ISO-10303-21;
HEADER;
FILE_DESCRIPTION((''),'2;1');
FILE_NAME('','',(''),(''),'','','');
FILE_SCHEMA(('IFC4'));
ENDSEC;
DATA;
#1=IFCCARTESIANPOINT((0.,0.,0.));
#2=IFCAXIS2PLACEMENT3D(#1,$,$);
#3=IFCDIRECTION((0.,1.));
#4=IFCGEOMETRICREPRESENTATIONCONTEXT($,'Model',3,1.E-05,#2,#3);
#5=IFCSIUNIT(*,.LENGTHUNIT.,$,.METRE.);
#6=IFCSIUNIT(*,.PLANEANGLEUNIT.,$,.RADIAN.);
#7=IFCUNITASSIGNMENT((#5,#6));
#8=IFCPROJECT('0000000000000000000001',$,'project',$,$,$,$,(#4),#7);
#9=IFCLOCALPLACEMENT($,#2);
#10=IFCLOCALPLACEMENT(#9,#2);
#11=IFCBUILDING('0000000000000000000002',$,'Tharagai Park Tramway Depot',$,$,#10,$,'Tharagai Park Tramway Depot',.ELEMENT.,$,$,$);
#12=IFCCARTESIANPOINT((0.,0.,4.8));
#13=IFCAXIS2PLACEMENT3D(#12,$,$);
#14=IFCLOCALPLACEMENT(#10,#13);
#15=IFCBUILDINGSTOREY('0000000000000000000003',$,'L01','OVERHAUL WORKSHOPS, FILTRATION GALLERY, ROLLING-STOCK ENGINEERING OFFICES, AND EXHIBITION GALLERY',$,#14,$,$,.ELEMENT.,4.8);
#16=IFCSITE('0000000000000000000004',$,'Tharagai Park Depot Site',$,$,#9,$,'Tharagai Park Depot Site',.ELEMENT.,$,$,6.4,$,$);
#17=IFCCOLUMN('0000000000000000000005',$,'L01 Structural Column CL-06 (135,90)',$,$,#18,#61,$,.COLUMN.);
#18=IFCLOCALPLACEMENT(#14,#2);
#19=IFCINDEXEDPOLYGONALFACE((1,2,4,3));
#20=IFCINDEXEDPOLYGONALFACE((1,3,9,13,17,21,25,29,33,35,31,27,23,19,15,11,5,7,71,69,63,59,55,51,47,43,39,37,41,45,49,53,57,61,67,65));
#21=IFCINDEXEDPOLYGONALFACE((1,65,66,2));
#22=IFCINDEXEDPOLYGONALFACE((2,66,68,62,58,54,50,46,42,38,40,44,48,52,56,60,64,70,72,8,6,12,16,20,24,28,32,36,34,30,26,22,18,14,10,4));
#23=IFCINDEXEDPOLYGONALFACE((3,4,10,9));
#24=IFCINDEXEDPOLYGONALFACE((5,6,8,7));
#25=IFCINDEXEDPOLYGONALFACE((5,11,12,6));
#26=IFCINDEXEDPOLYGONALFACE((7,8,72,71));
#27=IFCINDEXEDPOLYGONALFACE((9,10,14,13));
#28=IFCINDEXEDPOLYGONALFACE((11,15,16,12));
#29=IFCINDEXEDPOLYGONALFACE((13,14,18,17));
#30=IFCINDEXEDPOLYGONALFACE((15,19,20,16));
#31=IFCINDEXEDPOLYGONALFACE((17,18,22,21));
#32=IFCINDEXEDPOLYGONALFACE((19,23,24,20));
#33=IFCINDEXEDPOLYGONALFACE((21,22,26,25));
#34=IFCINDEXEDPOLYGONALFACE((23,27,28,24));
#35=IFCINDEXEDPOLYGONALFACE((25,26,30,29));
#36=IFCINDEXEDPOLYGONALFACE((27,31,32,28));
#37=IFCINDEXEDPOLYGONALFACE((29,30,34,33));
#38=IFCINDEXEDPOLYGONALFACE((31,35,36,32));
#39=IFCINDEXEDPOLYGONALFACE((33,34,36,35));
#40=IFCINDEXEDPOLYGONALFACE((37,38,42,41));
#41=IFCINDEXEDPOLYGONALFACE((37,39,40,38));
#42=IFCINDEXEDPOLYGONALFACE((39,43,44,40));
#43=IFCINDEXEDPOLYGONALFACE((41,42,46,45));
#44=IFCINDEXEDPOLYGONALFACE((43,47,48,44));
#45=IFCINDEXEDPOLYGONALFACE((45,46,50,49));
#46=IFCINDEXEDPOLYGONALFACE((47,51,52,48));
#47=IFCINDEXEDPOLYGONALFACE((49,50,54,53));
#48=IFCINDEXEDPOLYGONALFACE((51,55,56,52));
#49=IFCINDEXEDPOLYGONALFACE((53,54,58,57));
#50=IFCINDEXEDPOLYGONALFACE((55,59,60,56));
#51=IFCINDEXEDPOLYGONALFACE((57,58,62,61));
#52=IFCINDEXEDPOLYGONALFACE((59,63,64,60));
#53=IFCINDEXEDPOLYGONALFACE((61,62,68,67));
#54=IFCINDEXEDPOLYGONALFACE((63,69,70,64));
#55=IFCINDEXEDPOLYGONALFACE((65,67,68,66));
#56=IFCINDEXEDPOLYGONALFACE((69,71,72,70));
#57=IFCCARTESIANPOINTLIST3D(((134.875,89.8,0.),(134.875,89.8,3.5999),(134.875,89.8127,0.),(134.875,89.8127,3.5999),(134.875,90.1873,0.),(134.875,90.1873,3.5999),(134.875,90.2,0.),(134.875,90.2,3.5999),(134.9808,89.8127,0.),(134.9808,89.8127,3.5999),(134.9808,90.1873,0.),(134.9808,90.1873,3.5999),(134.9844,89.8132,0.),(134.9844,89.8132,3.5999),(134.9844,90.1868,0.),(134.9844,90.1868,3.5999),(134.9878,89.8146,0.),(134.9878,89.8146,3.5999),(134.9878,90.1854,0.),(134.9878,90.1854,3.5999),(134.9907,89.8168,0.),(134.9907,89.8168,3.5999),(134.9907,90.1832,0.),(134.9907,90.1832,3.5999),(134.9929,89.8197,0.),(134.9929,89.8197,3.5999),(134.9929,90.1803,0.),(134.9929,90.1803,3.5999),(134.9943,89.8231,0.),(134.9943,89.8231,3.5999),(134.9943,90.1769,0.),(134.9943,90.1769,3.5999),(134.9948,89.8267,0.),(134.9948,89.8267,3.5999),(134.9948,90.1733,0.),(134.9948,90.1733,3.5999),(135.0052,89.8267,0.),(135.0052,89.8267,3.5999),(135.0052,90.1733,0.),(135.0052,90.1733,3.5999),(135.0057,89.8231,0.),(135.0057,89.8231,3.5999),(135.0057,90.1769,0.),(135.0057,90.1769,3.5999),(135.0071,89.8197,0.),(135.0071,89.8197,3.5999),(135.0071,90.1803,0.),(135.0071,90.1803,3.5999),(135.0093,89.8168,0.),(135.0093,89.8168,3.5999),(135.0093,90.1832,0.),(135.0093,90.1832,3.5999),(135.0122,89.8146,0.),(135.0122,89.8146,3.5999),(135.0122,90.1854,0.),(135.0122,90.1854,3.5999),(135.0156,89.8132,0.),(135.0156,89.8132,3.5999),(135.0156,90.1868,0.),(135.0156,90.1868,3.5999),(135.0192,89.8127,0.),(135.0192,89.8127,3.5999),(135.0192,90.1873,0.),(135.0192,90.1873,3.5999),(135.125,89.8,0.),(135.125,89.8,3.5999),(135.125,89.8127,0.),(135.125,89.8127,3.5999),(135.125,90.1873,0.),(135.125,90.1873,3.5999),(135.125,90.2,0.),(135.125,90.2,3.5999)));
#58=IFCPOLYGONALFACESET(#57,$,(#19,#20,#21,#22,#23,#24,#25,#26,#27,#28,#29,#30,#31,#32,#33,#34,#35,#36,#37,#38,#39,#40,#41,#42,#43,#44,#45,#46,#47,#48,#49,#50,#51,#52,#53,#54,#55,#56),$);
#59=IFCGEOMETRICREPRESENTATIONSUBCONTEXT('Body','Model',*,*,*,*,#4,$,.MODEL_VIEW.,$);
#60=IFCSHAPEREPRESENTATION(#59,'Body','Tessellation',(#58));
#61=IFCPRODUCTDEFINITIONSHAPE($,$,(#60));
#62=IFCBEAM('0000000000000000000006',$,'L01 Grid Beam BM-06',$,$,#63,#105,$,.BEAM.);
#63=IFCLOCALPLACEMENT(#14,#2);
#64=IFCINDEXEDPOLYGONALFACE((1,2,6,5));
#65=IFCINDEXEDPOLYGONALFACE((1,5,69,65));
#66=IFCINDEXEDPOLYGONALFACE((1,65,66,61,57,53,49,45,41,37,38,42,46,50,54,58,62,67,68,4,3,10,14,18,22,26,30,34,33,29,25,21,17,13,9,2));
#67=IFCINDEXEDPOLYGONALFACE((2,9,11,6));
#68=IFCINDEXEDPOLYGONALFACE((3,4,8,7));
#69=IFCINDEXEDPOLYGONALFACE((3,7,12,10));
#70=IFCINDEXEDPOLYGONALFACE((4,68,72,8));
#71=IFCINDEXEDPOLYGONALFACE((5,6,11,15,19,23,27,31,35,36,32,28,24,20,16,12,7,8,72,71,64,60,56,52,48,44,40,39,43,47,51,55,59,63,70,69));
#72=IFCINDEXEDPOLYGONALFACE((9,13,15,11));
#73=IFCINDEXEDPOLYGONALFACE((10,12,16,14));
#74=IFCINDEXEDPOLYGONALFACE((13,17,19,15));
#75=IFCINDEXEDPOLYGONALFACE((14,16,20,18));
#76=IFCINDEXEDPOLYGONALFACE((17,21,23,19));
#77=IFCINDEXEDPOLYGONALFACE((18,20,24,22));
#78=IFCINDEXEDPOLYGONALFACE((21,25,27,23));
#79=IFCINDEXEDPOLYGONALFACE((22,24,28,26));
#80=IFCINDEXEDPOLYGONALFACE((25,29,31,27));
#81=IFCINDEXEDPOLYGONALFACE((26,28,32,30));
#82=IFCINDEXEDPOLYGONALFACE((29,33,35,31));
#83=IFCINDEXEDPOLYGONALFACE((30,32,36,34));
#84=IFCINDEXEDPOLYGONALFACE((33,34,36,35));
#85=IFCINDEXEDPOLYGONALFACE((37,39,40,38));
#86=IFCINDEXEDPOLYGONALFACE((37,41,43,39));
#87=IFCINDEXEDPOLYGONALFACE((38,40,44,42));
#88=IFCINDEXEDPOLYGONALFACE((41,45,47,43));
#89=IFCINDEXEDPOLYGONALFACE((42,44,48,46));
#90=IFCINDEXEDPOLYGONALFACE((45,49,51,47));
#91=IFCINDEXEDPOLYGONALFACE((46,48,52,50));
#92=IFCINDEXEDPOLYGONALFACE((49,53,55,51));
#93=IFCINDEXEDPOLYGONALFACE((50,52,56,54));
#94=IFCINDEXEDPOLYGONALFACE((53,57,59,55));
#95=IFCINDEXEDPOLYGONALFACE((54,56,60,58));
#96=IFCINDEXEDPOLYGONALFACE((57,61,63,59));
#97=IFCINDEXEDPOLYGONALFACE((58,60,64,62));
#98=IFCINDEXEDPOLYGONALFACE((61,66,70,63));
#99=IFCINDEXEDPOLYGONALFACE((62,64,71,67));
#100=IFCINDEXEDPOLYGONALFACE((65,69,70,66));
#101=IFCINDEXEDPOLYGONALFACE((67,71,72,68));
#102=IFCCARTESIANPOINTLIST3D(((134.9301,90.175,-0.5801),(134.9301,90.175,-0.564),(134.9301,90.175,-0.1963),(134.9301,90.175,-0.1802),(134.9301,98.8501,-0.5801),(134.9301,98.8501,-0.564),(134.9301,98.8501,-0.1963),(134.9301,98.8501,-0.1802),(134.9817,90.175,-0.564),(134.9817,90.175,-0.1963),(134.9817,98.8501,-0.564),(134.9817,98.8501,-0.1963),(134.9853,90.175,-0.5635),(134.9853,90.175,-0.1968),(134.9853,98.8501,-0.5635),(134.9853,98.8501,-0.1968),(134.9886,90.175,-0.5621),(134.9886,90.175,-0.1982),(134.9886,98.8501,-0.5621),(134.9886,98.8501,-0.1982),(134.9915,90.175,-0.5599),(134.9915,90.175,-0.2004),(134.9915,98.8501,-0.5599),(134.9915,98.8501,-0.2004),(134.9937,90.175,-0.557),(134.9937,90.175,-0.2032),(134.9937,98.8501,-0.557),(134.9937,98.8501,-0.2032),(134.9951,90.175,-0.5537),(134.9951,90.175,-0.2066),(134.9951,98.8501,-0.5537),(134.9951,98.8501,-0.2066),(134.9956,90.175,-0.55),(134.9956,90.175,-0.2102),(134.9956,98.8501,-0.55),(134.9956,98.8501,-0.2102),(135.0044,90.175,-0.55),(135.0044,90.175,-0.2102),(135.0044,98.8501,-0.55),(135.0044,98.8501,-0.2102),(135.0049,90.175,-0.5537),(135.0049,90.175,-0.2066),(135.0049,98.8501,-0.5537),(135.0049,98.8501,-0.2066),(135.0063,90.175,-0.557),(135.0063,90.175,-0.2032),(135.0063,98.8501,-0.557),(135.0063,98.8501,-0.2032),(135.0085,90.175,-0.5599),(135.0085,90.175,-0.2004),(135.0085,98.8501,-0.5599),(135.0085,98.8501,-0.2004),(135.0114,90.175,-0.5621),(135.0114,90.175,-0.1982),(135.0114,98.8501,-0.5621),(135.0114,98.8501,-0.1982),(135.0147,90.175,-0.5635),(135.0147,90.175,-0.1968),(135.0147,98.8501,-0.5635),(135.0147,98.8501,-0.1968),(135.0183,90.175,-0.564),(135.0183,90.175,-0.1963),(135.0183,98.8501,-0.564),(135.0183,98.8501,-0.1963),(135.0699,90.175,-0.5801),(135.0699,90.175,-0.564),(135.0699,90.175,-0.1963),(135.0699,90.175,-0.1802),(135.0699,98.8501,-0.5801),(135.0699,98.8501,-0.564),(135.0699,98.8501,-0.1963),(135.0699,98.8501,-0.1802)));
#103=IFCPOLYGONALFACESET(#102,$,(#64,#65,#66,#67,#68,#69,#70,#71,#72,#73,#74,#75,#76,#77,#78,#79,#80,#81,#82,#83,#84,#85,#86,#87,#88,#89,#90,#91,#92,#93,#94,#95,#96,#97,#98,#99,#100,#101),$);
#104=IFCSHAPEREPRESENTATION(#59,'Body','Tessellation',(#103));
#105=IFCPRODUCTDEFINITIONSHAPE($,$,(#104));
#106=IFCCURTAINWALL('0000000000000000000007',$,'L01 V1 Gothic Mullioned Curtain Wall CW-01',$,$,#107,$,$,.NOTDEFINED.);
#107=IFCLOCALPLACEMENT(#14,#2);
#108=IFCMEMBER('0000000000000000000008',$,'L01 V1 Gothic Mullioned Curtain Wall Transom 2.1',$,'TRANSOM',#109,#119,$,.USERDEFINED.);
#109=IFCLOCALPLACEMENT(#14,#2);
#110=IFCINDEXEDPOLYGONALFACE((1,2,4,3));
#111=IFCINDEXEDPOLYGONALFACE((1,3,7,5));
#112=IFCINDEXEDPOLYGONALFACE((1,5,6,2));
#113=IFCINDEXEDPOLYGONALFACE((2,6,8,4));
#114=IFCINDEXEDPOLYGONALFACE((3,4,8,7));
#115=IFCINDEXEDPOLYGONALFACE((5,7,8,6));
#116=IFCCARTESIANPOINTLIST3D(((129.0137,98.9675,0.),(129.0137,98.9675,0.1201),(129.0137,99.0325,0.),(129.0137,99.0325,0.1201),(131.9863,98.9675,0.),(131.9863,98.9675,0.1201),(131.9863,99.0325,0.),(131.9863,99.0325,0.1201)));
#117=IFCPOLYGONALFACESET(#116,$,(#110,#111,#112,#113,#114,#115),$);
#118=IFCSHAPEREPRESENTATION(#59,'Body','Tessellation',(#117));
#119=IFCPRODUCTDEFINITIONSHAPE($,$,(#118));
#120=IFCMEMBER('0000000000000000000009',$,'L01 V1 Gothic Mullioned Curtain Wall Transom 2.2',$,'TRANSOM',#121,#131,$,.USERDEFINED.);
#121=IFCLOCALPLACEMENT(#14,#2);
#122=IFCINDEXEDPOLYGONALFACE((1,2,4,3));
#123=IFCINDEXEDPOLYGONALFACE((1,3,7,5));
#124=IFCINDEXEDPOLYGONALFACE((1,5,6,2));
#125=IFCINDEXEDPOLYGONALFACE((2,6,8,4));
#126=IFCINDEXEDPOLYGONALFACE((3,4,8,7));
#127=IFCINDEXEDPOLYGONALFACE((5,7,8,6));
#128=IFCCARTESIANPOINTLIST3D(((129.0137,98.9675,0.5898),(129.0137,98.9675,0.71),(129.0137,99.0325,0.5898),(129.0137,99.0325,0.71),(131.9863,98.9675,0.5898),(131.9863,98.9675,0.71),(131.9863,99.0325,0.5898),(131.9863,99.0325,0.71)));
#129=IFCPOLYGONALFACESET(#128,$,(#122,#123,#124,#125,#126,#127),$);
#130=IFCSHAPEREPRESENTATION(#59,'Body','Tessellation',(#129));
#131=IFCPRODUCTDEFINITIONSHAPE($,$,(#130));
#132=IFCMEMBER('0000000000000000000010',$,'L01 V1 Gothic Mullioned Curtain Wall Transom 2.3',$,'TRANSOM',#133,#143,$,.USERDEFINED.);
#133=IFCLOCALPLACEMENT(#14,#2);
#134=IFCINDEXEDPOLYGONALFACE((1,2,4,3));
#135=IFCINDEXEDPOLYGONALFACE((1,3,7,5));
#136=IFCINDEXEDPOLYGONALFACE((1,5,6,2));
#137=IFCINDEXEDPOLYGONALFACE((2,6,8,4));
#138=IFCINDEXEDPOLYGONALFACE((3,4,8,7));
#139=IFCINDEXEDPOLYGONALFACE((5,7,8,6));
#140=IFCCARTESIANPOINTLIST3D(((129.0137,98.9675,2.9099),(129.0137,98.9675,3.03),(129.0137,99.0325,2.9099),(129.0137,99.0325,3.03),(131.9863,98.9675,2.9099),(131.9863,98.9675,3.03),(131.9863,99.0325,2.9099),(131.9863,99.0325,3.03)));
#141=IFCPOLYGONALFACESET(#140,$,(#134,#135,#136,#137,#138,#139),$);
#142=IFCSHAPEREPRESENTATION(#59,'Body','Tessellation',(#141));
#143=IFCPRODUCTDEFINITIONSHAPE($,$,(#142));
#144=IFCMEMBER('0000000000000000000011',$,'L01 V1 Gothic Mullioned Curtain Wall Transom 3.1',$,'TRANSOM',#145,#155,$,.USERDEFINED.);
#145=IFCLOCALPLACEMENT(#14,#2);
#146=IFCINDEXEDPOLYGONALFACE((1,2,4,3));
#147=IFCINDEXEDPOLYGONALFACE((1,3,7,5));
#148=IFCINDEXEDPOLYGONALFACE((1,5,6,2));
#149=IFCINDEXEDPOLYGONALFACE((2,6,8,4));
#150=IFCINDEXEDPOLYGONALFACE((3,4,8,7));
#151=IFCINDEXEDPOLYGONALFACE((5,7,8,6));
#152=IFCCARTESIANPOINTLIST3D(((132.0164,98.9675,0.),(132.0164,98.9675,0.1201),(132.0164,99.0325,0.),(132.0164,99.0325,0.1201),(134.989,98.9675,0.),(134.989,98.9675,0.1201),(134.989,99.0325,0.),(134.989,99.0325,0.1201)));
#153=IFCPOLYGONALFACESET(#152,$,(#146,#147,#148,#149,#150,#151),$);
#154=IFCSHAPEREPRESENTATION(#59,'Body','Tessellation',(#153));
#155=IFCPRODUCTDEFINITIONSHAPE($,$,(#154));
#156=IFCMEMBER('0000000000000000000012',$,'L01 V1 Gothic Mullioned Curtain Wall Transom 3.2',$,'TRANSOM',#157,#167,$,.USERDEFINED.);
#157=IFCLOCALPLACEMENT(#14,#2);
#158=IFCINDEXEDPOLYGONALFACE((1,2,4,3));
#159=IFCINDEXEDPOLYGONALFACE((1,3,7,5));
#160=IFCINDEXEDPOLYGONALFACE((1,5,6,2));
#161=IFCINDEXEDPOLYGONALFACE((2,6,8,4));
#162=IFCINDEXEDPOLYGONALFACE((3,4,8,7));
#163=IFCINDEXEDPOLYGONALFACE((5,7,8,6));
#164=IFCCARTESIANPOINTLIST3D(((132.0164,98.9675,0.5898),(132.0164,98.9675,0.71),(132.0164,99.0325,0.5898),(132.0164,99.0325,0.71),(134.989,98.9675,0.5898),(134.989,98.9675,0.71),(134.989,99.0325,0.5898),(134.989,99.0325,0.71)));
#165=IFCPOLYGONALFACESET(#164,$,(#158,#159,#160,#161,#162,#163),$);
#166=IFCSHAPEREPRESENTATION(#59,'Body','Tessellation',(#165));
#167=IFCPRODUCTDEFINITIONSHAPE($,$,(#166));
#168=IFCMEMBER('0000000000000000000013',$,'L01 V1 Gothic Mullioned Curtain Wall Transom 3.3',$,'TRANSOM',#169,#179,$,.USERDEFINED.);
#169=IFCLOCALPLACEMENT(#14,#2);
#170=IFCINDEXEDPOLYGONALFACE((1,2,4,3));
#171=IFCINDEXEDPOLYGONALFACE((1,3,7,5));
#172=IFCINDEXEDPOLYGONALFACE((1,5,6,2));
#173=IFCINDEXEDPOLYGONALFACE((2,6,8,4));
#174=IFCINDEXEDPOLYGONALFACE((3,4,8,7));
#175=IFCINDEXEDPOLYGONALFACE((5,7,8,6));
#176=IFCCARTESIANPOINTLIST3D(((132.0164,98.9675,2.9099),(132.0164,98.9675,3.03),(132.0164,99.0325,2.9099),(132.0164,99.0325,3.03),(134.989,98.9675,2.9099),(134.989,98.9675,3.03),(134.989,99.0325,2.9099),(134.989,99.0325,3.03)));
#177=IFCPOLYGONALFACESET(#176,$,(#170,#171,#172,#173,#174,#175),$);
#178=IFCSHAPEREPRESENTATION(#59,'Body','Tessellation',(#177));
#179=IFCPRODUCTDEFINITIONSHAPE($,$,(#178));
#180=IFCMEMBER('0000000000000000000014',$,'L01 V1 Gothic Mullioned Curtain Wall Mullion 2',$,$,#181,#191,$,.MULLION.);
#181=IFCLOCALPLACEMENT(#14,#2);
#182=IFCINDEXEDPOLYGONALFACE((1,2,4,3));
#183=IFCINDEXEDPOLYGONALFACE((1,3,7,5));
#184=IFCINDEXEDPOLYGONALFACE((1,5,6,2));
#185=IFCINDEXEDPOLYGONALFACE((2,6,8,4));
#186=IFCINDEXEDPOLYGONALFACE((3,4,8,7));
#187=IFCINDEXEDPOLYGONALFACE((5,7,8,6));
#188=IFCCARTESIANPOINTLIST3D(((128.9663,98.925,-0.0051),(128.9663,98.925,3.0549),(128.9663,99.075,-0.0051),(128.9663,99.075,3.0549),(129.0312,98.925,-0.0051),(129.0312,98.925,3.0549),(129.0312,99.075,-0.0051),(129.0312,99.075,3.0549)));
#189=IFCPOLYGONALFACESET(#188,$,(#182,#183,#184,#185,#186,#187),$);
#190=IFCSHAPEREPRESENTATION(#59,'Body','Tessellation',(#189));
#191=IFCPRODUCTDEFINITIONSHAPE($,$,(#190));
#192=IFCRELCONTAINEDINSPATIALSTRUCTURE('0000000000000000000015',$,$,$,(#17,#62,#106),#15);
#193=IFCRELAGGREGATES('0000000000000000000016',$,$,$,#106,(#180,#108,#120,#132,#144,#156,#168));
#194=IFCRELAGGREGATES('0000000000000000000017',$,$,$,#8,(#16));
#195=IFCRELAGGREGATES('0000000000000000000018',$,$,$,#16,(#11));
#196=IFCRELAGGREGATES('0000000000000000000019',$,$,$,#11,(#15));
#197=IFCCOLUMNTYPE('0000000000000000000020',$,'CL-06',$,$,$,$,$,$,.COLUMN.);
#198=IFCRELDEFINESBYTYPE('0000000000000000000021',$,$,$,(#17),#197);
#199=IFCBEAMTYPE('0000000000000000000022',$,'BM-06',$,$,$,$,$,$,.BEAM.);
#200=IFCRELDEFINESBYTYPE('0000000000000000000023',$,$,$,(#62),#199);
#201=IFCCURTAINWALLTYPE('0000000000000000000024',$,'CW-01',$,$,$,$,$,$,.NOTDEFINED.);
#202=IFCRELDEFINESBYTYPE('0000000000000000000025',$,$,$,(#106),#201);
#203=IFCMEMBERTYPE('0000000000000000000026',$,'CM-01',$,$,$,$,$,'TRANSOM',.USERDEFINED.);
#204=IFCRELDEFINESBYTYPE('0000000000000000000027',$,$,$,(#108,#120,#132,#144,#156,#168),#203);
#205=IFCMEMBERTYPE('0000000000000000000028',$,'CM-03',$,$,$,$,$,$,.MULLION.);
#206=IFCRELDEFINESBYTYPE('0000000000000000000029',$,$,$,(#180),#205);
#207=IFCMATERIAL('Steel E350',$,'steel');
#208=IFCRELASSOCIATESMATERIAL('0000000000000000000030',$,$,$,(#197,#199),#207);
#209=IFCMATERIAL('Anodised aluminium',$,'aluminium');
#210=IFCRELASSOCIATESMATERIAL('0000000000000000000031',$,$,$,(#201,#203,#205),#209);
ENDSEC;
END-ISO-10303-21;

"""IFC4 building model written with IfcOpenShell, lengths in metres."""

from ifc_helpers import new_model, si_unit, direction, frame, origin, origin_2d, place, context, subcontext, project, spatial, rectangle, i_section, extrude, material, material_profile, profile_set, type_object, element, aggregate, save


model = new_model("IFC4")

# Units and contexts
model_context = context("Model", 3, precision=1e-05, world=origin(), true_north=direction((0.0, 1.0)))
body_context = subcontext(model_context, "Body", "Model", "MODEL_VIEW")
ifc_project = project(units=[si_unit("LENGTHUNIT", "METRE"), si_unit("PLANEANGLEUNIT", "RADIAN")], contexts=[model_context])

# Site, building, storey
site_placement = place(None, origin())
site = spatial("IfcSite", under=ifc_project, at=site_placement, Name="Tharagai Park Depot Site", LongName="Tharagai Park Depot Site", CompositionType="ELEMENT", RefElevation=6.4)
building_placement = place(site_placement, origin())
building = spatial("IfcBuilding", under=site, at=building_placement, Name="Tharagai Park Tramway Depot", LongName="Tharagai Park Tramway Depot", CompositionType="ELEMENT")
storey_placement = place(building_placement, frame((0.0, 0.0, 4.8)))
storey = spatial("IfcBuildingStorey", under=building, at=storey_placement, Name="L01", Description="OVERHAUL WORKSHOPS, FILTRATION GALLERY, ROLLING-STOCK ENGINEERING OFFICES, AND EXHIBITION GALLERY", CompositionType="ELEMENT", Elevation=4.8)

# Column
ifc_material_1 = material(Name="Steel E350", Category="steel")
ifc_material_profile_1 = material_profile(ifc_material_1, i_section(OverallWidth=0.25, OverallDepth=0.3999, WebThickness=0.0105, FlangeThickness=0.0127, FilletRadius=0.0139, at=origin_2d()), Name="ISHB 400")
ifc_profile_set_1 = profile_set([ifc_material_profile_1], Name="Steel E350")
column_type = type_object("IfcColumnType", Name="CL-06", PredefinedType="COLUMN", material=ifc_profile_set_1)
column_placement = place(storey_placement, frame((135.0, 90.0, 0.0), z_axis=(0.0, 0.0, 1.0), x_axis=(1.0, 0.0, 0.0)))
element("IfcColumn", 1, at=column_placement, inside=storey, type_object=column_type, Name="L01 Structural Column CL-06 (135,90)", PredefinedType="COLUMN", context=body_context, shape_type="SweptSolid", body=[
    extrude(i_section(OverallWidth=0.25, OverallDepth=0.3999, WebThickness=0.0105, FlangeThickness=0.0127, FilletRadius=0.0139, at=origin_2d()), origin(), (0.0, 0.0, 1.0), 3.5999),
])

# Beam
ifc_material_profile_2 = material_profile(ifc_material_1, i_section(OverallWidth=0.1399, OverallDepth=0.3999, WebThickness=0.0088, FlangeThickness=0.0161, FilletRadius=0.0139, at=origin_2d()), Name="ISMB 400")
ifc_profile_set_2 = profile_set([ifc_material_profile_2], Name="Steel E350")
beam_type = type_object("IfcBeamType", Name="BM-06", PredefinedType="BEAM", material=ifc_profile_set_2)
beam_placement = place(storey_placement, frame((135.0, 90.175, -0.3801), z_axis=(0.0, 1.0, 0.0), x_axis=(-1.0, 0.0, 0.0)))
element("IfcBeam", 2, at=beam_placement, inside=storey, type_object=beam_type, Name="L01 Grid Beam BM-06", PredefinedType="BEAM", context=body_context, shape_type="SweptSolid", body=[
    extrude(i_section(OverallWidth=0.1399, OverallDepth=0.3999, WebThickness=0.0088, FlangeThickness=0.0161, FilletRadius=0.0139, at=origin_2d()), origin(), (0.0, 0.0, 1.0), 8.675),
])

# Curtain wall, members
ifc_material_2 = material(Name="Anodised aluminium", Category="aluminium")
curtain_wall_type = type_object("IfcCurtainWallType", Name="CW-01", PredefinedType="NOTDEFINED", material=ifc_material_2)
curtain_wall_placement = place(storey_placement, origin())
curtain_wall = element("IfcCurtainWall", 3, at=curtain_wall_placement, inside=storey, type_object=curtain_wall_type, Name="L01 V1 Gothic Mullioned Curtain Wall CW-01", PredefinedType="NOTDEFINED")
ifc_material_profile_3 = material_profile(ifc_material_2, rectangle(XDim=0.0649, YDim=0.1201, at=origin_2d()), Name="ALU 65x120")
ifc_profile_set_3 = profile_set([ifc_material_profile_3], Name="Anodised aluminium")
member_type_1 = type_object("IfcMemberType", Name="CM-01", ElementType="TRANSOM", PredefinedType="USERDEFINED", material=ifc_profile_set_3)
member_1_placement = place(storey_placement, frame((129.0137, 99.0, 0.0601), z_axis=(1.0, 0.0, 0.0), x_axis=(0.0, 1.0, 0.0)))
member_1 = element("IfcMember", 4, at=member_1_placement, type_object=member_type_1, Name="L01 V1 Gothic Mullioned Curtain Wall Transom 2.1", ObjectType="TRANSOM", PredefinedType="USERDEFINED", context=body_context, shape_type="SweptSolid", body=[
    extrude(rectangle(XDim=0.0649, YDim=0.1201, at=origin_2d()), origin(), (0.0, 0.0, 1.0), 2.9727),
])
member_2_placement = place(storey_placement, frame((129.0137, 99.0, 0.6499), z_axis=(1.0, 0.0, 0.0), x_axis=(0.0, 1.0, 0.0)))
member_2 = element("IfcMember", 5, at=member_2_placement, type_object=member_type_1, Name="L01 V1 Gothic Mullioned Curtain Wall Transom 2.2", ObjectType="TRANSOM", PredefinedType="USERDEFINED", context=body_context, shape_type="SweptSolid", body=[
    extrude(rectangle(XDim=0.0649, YDim=0.1201, at=origin_2d()), origin(), (0.0, 0.0, 1.0), 2.9727),
])
member_3_placement = place(storey_placement, frame((129.0137, 99.0, 2.97), z_axis=(1.0, 0.0, 0.0), x_axis=(0.0, 1.0, 0.0)))
member_3 = element("IfcMember", 6, at=member_3_placement, type_object=member_type_1, Name="L01 V1 Gothic Mullioned Curtain Wall Transom 2.3", ObjectType="TRANSOM", PredefinedType="USERDEFINED", context=body_context, shape_type="SweptSolid", body=[
    extrude(rectangle(XDim=0.0649, YDim=0.1201, at=origin_2d()), origin(), (0.0, 0.0, 1.0), 2.9727),
])
member_4_placement = place(storey_placement, frame((132.0164, 99.0, 0.0601), z_axis=(1.0, 0.0, 0.0), x_axis=(0.0, 1.0, 0.0)))
member_4 = element("IfcMember", 7, at=member_4_placement, type_object=member_type_1, Name="L01 V1 Gothic Mullioned Curtain Wall Transom 3.1", ObjectType="TRANSOM", PredefinedType="USERDEFINED", context=body_context, shape_type="SweptSolid", body=[
    extrude(rectangle(XDim=0.0649, YDim=0.1201, at=origin_2d()), origin(), (0.0, 0.0, 1.0), 2.9727),
])
member_5_placement = place(storey_placement, frame((132.0164, 99.0, 0.6499), z_axis=(1.0, 0.0, 0.0), x_axis=(0.0, 1.0, 0.0)))
member_5 = element("IfcMember", 8, at=member_5_placement, type_object=member_type_1, Name="L01 V1 Gothic Mullioned Curtain Wall Transom 3.2", ObjectType="TRANSOM", PredefinedType="USERDEFINED", context=body_context, shape_type="SweptSolid", body=[
    extrude(rectangle(XDim=0.0649, YDim=0.1201, at=origin_2d()), origin(), (0.0, 0.0, 1.0), 2.9727),
])
member_6_placement = place(storey_placement, frame((132.0164, 99.0, 2.97), z_axis=(1.0, 0.0, 0.0), x_axis=(0.0, 1.0, 0.0)))
member_6 = element("IfcMember", 9, at=member_6_placement, type_object=member_type_1, Name="L01 V1 Gothic Mullioned Curtain Wall Transom 3.3", ObjectType="TRANSOM", PredefinedType="USERDEFINED", context=body_context, shape_type="SweptSolid", body=[
    extrude(rectangle(XDim=0.0649, YDim=0.1201, at=origin_2d()), origin(), (0.0, 0.0, 1.0), 2.9727),
])
ifc_material_profile_4 = material_profile(ifc_material_2, rectangle(XDim=0.0649, YDim=0.1499, at=origin_2d()), Name="ALU 65x150")
ifc_profile_set_4 = profile_set([ifc_material_profile_4], Name="Anodised aluminium")
member_type_2 = type_object("IfcMemberType", Name="CM-03", PredefinedType="MULLION", material=ifc_profile_set_4)
member_7_placement = place(storey_placement, frame((128.9988, 99.0, -0.0051), z_axis=(0.0, 0.0, 1.0), x_axis=(1.0, 0.0, 0.0)))
member_7 = element("IfcMember", 10, at=member_7_placement, type_object=member_type_2, Name="L01 V1 Gothic Mullioned Curtain Wall Mullion 2", PredefinedType="MULLION", context=body_context, shape_type="SweptSolid", body=[
    extrude(rectangle(XDim=0.0649, YDim=0.1499, at=origin_2d()), origin(), (0.0, 0.0, 1.0), 3.0601),
])
aggregate(curtain_wall, [member_7, member_1, member_2, member_3, member_4, member_5, member_6])

save(model, "model.ifc")
